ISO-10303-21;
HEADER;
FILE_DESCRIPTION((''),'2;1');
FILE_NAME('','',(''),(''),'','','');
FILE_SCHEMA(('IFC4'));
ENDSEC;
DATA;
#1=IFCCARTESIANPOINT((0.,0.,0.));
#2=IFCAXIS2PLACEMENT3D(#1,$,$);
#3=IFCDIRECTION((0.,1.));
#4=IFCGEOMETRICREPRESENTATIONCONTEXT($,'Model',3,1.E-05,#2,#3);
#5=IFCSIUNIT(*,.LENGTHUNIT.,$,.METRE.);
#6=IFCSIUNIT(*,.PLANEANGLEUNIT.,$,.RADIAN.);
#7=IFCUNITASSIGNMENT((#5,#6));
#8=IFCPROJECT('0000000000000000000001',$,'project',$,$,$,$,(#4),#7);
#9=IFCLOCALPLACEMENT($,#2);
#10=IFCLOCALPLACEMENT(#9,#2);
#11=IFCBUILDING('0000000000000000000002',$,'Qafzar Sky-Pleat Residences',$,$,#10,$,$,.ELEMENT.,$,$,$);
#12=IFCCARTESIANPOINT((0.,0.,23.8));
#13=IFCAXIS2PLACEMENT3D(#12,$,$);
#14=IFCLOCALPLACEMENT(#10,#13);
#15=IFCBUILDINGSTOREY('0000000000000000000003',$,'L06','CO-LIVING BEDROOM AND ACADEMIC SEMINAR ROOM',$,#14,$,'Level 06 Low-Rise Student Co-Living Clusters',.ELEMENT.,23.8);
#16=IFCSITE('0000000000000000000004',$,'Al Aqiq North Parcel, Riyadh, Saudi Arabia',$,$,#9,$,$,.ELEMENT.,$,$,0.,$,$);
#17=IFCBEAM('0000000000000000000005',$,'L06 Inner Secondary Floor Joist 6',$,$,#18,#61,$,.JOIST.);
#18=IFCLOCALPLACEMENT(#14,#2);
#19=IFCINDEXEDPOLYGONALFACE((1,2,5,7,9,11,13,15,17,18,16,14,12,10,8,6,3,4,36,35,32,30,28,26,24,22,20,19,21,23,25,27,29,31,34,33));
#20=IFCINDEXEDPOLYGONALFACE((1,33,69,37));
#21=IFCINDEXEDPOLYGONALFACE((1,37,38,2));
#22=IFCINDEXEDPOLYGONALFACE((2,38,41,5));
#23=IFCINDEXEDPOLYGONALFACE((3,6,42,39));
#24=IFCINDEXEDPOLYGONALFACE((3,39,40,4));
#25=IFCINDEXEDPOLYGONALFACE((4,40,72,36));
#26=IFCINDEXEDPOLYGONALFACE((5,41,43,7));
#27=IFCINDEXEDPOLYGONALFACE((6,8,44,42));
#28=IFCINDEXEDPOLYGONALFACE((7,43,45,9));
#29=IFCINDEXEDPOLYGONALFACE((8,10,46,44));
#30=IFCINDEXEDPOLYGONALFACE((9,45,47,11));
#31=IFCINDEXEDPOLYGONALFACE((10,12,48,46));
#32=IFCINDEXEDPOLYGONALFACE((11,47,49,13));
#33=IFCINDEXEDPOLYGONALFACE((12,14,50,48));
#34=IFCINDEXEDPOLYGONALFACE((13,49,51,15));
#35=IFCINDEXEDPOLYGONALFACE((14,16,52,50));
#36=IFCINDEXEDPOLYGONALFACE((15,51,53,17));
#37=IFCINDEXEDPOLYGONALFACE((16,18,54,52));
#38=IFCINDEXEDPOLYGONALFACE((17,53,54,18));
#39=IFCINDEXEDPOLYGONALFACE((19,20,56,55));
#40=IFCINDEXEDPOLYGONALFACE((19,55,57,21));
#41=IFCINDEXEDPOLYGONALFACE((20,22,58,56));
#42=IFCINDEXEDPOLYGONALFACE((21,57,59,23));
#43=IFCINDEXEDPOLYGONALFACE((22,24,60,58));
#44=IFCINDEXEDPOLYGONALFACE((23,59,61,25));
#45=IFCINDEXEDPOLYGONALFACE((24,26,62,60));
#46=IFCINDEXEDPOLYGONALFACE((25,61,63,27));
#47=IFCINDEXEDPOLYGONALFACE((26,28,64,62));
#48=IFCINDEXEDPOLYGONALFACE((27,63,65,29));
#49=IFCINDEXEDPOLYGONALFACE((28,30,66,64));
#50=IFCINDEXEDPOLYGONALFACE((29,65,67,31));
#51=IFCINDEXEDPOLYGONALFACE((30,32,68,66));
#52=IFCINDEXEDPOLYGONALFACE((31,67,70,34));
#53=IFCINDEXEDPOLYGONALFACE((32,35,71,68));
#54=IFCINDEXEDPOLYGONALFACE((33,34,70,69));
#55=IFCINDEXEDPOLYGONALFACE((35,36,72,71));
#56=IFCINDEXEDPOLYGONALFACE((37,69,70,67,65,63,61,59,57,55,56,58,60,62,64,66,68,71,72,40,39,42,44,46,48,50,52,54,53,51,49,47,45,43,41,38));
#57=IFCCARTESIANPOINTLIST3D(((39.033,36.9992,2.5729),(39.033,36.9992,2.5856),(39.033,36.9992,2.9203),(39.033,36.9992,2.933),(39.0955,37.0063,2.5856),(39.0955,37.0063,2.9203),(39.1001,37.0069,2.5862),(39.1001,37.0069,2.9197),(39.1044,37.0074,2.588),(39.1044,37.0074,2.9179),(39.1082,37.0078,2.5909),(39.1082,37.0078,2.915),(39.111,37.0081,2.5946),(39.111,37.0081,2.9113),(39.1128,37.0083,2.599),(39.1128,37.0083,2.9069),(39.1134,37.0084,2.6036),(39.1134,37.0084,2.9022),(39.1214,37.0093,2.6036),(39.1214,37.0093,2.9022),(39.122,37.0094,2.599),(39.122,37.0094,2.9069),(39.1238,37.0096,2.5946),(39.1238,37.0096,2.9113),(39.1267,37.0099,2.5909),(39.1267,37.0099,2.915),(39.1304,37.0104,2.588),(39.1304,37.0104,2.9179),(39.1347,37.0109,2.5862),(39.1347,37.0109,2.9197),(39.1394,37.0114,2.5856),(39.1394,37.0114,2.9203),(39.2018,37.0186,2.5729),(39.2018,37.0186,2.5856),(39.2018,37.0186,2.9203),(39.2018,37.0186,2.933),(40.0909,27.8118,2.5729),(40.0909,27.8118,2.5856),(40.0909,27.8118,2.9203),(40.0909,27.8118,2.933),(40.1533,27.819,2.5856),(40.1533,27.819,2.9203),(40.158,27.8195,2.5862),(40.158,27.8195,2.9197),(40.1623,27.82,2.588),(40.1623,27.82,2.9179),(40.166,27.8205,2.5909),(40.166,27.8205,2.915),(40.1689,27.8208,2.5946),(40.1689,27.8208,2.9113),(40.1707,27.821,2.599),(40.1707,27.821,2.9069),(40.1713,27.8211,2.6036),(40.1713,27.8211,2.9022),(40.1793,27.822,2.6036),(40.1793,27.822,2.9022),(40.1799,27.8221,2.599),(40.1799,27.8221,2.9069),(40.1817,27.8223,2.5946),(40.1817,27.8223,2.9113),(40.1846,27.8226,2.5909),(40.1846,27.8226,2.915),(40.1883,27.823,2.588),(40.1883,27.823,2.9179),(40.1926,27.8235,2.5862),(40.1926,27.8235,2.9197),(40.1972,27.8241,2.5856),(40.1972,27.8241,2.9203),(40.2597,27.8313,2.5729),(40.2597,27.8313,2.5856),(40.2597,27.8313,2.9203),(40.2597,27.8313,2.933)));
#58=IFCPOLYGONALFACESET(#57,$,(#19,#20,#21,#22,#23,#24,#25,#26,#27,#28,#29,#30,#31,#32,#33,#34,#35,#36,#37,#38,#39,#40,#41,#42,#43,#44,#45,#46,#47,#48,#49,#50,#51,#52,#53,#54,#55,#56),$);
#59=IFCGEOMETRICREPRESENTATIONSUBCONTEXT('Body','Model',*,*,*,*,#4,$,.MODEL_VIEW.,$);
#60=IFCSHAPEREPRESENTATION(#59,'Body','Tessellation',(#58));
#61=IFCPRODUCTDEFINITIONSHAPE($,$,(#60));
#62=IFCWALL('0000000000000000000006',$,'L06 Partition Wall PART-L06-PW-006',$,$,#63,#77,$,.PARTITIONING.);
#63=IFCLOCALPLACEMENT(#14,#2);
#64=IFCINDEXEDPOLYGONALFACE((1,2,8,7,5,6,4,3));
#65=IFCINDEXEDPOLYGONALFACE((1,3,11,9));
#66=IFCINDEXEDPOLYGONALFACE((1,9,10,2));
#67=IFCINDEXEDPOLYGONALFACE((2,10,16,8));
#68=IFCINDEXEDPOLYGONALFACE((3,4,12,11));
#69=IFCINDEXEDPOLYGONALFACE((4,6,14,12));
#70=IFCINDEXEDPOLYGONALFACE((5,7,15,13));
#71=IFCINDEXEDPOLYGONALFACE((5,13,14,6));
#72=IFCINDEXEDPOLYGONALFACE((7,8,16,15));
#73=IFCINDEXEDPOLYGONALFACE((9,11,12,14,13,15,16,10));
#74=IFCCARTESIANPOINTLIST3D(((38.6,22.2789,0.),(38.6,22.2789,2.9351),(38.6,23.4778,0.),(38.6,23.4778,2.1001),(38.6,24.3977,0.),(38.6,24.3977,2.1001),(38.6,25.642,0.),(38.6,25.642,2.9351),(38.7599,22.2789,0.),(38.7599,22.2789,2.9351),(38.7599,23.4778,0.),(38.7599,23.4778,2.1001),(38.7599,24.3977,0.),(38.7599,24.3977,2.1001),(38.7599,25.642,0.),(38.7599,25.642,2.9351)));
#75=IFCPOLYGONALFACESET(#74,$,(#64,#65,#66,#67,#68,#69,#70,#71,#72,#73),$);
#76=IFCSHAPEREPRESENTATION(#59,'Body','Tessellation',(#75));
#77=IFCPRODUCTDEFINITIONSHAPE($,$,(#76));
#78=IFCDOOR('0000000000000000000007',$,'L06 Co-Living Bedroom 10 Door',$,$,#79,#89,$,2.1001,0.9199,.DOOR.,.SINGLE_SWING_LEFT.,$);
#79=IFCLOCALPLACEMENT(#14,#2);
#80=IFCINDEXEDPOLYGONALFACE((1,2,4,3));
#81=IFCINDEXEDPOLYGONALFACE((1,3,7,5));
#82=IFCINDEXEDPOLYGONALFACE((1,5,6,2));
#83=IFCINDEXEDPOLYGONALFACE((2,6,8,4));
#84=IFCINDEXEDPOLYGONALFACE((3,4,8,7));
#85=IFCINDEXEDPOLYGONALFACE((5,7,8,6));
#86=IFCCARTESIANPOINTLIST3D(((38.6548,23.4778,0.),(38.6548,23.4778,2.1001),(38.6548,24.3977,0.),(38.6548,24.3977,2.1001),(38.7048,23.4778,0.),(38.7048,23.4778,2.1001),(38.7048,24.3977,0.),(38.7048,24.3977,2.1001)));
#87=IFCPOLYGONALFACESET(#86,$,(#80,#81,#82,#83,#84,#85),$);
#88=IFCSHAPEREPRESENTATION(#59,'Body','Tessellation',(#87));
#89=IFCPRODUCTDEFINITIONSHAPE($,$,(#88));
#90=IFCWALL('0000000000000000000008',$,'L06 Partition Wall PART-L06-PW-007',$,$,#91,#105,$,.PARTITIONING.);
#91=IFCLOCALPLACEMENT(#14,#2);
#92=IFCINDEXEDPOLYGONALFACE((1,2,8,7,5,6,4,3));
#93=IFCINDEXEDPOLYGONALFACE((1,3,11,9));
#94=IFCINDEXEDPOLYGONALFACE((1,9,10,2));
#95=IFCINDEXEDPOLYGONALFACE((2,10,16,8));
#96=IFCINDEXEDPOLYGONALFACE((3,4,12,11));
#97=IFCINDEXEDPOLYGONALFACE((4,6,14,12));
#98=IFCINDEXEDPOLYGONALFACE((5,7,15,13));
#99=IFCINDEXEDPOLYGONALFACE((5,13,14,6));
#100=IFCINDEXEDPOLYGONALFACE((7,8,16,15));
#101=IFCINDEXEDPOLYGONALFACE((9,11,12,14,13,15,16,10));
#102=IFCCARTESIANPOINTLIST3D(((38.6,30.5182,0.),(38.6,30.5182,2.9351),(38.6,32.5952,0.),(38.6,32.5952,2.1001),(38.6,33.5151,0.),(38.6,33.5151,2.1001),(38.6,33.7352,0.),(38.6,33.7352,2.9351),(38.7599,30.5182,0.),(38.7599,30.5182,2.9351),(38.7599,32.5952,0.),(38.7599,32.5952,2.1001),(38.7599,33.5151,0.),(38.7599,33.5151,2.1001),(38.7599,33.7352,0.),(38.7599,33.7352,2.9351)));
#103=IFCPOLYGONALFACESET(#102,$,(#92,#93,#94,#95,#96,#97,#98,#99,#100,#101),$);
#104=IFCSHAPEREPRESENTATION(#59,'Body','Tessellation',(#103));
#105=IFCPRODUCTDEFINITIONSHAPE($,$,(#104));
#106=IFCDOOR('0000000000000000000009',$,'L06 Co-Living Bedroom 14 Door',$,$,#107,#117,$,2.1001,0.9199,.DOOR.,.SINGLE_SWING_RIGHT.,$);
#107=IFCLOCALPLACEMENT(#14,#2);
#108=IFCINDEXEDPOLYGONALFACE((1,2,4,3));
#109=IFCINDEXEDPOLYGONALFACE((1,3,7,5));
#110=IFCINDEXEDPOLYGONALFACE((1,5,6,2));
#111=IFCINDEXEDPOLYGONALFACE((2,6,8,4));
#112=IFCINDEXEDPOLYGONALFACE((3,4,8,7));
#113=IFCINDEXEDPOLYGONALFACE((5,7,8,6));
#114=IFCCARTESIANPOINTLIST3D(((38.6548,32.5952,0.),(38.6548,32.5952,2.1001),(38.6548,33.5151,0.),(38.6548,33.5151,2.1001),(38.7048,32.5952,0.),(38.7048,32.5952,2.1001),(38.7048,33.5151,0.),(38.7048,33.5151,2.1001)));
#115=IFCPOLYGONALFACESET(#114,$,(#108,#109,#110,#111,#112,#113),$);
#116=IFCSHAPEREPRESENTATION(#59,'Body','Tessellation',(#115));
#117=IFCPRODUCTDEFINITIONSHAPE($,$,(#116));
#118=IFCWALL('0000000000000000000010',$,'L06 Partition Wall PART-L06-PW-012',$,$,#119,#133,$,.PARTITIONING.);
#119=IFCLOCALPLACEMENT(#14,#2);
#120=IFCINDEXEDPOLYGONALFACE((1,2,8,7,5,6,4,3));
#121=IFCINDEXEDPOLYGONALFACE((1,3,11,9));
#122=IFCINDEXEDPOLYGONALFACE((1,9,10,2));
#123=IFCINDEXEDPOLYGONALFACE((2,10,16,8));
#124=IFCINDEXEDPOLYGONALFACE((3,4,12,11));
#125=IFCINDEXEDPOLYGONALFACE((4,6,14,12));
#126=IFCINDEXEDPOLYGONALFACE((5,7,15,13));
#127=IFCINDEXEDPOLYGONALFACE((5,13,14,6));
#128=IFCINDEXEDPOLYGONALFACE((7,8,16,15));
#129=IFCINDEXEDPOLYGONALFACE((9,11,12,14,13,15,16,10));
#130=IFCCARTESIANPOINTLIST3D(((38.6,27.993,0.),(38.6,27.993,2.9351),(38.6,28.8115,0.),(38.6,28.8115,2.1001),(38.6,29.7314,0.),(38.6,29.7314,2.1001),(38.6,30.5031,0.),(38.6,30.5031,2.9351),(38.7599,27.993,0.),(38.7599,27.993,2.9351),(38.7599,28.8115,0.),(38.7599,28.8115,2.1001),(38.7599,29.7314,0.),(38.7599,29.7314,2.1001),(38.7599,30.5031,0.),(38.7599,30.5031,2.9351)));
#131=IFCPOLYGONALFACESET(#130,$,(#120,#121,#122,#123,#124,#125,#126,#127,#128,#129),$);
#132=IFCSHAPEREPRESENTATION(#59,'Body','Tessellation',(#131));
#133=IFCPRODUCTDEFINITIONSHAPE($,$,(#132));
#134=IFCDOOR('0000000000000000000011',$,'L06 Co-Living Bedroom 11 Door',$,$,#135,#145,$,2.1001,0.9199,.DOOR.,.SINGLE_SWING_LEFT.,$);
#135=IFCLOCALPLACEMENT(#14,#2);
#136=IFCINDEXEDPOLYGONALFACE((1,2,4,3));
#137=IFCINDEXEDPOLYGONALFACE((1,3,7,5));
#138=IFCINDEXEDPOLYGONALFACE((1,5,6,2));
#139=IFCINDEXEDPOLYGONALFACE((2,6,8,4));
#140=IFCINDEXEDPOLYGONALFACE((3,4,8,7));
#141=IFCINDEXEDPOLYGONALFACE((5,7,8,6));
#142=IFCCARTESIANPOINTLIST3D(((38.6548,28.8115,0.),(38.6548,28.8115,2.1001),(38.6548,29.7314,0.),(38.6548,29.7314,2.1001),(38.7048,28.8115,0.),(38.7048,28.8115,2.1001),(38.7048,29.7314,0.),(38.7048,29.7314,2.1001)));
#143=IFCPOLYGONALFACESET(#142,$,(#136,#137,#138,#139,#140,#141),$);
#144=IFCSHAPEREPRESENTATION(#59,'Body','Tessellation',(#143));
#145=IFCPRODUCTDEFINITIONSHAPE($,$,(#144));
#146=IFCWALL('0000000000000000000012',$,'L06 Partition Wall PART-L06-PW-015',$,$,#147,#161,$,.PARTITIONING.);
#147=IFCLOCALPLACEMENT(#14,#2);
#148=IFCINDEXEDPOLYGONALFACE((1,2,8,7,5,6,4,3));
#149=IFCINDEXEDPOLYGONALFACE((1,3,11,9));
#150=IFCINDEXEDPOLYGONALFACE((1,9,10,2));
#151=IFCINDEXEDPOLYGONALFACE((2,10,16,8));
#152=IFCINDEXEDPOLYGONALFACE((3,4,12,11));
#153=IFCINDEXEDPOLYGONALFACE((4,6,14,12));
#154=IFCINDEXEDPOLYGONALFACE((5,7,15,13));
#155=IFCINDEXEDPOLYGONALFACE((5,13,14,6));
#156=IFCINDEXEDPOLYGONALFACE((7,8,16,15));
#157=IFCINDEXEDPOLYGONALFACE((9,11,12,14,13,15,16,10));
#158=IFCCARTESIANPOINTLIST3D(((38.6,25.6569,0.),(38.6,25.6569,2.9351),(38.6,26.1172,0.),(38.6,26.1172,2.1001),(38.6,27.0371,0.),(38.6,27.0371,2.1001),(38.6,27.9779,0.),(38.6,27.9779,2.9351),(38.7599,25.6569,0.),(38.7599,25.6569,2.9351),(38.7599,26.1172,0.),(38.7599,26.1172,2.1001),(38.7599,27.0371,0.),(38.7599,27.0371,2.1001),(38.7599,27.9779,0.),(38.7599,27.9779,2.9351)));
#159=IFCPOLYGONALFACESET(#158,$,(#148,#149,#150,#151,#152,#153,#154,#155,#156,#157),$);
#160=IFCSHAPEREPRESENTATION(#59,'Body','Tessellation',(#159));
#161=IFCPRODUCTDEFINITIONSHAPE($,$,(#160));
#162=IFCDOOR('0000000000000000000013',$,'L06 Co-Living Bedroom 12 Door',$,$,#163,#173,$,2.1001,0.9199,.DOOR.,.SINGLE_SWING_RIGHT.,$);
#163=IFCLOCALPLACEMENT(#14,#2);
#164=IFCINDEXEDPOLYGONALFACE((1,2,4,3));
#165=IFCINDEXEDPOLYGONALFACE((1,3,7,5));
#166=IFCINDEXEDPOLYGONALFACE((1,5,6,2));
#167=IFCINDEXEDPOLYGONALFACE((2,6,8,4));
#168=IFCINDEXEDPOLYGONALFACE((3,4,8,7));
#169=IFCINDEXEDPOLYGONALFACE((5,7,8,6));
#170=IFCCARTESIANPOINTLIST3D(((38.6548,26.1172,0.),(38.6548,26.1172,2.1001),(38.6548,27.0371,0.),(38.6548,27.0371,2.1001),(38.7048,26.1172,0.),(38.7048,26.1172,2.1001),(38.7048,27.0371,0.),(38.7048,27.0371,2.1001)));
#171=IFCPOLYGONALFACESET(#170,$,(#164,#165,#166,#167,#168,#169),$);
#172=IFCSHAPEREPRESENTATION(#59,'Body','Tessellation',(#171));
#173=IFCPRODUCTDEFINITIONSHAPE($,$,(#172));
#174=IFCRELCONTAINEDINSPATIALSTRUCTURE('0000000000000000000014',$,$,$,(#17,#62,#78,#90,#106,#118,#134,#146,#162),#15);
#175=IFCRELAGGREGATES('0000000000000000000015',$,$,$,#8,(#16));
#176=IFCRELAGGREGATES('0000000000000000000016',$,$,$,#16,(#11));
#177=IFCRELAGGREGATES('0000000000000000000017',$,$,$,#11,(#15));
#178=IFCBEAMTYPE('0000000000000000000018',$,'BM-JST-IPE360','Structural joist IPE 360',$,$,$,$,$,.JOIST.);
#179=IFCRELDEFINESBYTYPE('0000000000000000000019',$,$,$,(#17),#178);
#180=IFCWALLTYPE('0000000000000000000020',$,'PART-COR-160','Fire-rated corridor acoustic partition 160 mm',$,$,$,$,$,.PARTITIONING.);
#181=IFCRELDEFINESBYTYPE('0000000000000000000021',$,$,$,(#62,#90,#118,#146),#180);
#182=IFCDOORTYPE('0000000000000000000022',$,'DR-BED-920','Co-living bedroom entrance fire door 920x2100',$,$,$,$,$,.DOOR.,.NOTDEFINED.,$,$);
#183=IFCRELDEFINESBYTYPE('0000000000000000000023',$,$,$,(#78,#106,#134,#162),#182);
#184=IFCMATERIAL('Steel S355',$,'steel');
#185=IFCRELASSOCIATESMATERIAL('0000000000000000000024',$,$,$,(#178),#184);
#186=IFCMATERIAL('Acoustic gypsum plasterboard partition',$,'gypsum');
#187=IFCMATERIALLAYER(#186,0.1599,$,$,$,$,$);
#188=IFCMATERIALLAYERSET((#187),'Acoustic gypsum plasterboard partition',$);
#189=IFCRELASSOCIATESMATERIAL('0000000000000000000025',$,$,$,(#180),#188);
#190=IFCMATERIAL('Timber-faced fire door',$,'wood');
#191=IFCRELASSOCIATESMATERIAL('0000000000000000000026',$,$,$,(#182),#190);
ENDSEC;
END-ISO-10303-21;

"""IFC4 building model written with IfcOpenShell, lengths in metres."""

from ifc_helpers import new_model, si_unit, direction, frame, frame_2d, origin, origin_2d, place, context, subcontext, project, spatial, rectangle, i_section, extrude, source, transform, mapped, material, layer, layer_set, material_profile, profile_set, type_object, element, fill, save


model = new_model("IFC4")

# Units and contexts
model_context = context("Model", 3, precision=1e-05, world=origin(), true_north=direction((0.0, 1.0)))
body_context = subcontext(model_context, "Body", "Model", "MODEL_VIEW")
ifc_project = project(units=[si_unit("LENGTHUNIT", "METRE"), si_unit("PLANEANGLEUNIT", "RADIAN")], contexts=[model_context])

# Site, building, storey
site_placement = place(None, origin())
site = spatial("IfcSite", under=ifc_project, at=site_placement, Name="Al Aqiq North Parcel, Riyadh, Saudi Arabia", CompositionType="ELEMENT", RefElevation=0.0)
building_placement = place(site_placement, origin())
building = spatial("IfcBuilding", under=site, at=building_placement, Name="Qafzar Sky-Pleat Residences", CompositionType="ELEMENT")
storey_placement = place(building_placement, frame((0.0, 0.0, 23.8)))
storey = spatial("IfcBuildingStorey", under=building, at=storey_placement, Name="L06", Description="CO-LIVING BEDROOM AND ACADEMIC SEMINAR ROOM", LongName="Level 06 Low-Rise Student Co-Living Clusters", CompositionType="ELEMENT", Elevation=23.8)

# Beam
ifc_material_1 = material(Name="Steel S355", Category="steel")
ifc_material_profile = material_profile(ifc_material_1, i_section(OverallWidth=0.1699, OverallDepth=0.3601, WebThickness=0.0081, FlangeThickness=0.0127, FilletRadius=0.0181, at=origin_2d()), Name="IPE 360")
ifc_profile_set = profile_set([ifc_material_profile], Name="Steel S355")
beam_type = type_object("IfcBeamType", Name="BM-JST-IPE360", Description="Structural joist IPE 360", PredefinedType="JOIST", material=ifc_profile_set)
shared_shape_1 = source(origin(), body_context, "Body", "SweptSolid", [
    extrude(i_section(OverallWidth=0.1699, OverallDepth=0.3601, WebThickness=0.0081, FlangeThickness=0.0127, FilletRadius=0.0181, at=origin_2d()), origin(), (0.0, 0.0, 1.0), 9.248),
])
beam_placement = place(storey_placement, frame((40.1753, 27.8215, 2.7529), z_axis=(-0.114389, 0.993436, 0.0), x_axis=(-0.993436, -0.114389, 0.0)))
element("IfcBeam", 1, at=beam_placement, inside=storey, type_object=beam_type, Name="L06 Inner Secondary Floor Joist 6", PredefinedType="JOIST", context=body_context, shape_type="MappedRepresentation", body=[
    mapped(shared_shape_1, transform((0.0, 0.0, 0.0), x_axis=(1.0, 0.0, 0.0), y_axis=(0.0, 1.0, 0.0), z_axis=(0.0, 0.0, 1.0), scale=1.0)),
])

# Walls, openings, doors
ifc_material_2 = material(Name="Acoustic gypsum plasterboard partition", Category="gypsum")
ifc_layer_1 = layer(ifc_material_2, 0.1599)
ifc_layer_set_1 = layer_set([ifc_layer_1], Name="Acoustic gypsum plasterboard partition")
wall_type_1 = type_object("IfcWallType", Name="PART-COR-160", Description="Fire-rated corridor acoustic partition 160 mm", PredefinedType="PARTITIONING", material=ifc_layer_set_1)
wall_1_placement = place(storey_placement, frame((38.6799, 25.6421, 0.0), z_axis=(0.0, 0.0, 1.0), x_axis=(0.0, -1.0, 0.0)))
wall_1 = element("IfcWall", 2, at=wall_1_placement, inside=storey, type_object=wall_type_1, Name="L06 Partition Wall PART-L06-PW-006", PredefinedType="PARTITIONING", context=body_context, shape_type="SweptSolid", body=[
    extrude(rectangle(XDim=3.363, YDim=0.1599, at=frame_2d((1.6816, 0.0))), origin(), (0.0, 0.0, 1.0), 2.9351),
])
opening_1_placement = place(wall_1_placement, frame((1.2444, 0.0, 0.0)))
opening_1 = element("IfcOpeningElement", 3, at=opening_1_placement, cuts=wall_1, PredefinedType="OPENING", context=body_context, shape_type="SweptSolid", body=[
    extrude(rectangle(XDim=0.9199, YDim=2.1001, at=frame_2d((0.46, 1.05))), frame((0.0, 0.0898, 0.0), z_axis=(0.0, -1.0, 0.0), x_axis=(1.0, 0.0, 0.0)), (0.0, 0.0, 1.0), 0.1799),
])
ifc_material_3 = material(Name="Timber-faced fire door", Category="wood")
door_type_1 = type_object("IfcDoorType", Name="DR-BED-920", Description="Co-living bedroom entrance fire door 920x2100", OperationType="NOTDEFINED", PredefinedType="DOOR", material=ifc_material_3)
shared_shape_2 = source(origin(), body_context, "Body", "SweptSolid", [
    extrude(rectangle(XDim=0.9199, YDim=2.1001, at=frame_2d((0.46, 1.05))), frame((0.0, 0.0249, 0.0), z_axis=(0.0, -1.0, 0.0), x_axis=(1.0, 0.0, 0.0)), (0.0, 0.0, 1.0), 0.05),
])
door_1_placement = place(opening_1_placement, origin())
door_1 = element("IfcDoor", 4, at=door_1_placement, inside=storey, type_object=door_type_1, Name="L06 Co-Living Bedroom 10 Door", OperationType="SINGLE_SWING_LEFT", OverallHeight=2.1001, OverallWidth=0.9199, PredefinedType="DOOR", context=body_context, shape_type="MappedRepresentation", body=[
    mapped(shared_shape_2, transform((0.0, 0.0, 0.0), x_axis=(1.0, 0.0, 0.0), y_axis=(0.0, 1.0, 0.0), z_axis=(0.0, 0.0, 1.0), scale=1.0)),
])
fill(opening_1, door_1)
wall_2_placement = place(storey_placement, frame((38.6799, 33.7351, 0.0), z_axis=(0.0, 0.0, 1.0), x_axis=(0.0, -1.0, 0.0)))
wall_2 = element("IfcWall", 5, at=wall_2_placement, inside=storey, type_object=wall_type_1, Name="L06 Partition Wall PART-L06-PW-007", PredefinedType="PARTITIONING", context=body_context, shape_type="SweptSolid", body=[
    extrude(rectangle(XDim=3.217, YDim=0.1599, at=frame_2d((1.6084, 0.0))), origin(), (0.0, 0.0, 1.0), 2.9351),
])
opening_2_placement = place(wall_2_placement, frame((0.22, 0.0, 0.0)))
opening_2 = element("IfcOpeningElement", 6, at=opening_2_placement, cuts=wall_2, PredefinedType="OPENING", context=body_context, shape_type="SweptSolid", body=[
    extrude(rectangle(XDim=0.9199, YDim=2.1001, at=frame_2d((0.46, 1.05))), frame((0.0, 0.0898, 0.0), z_axis=(0.0, -1.0, 0.0), x_axis=(1.0, 0.0, 0.0)), (0.0, 0.0, 1.0), 0.1799),
])
door_2_placement = place(opening_2_placement, origin())
door_2 = element("IfcDoor", 7, at=door_2_placement, inside=storey, type_object=door_type_1, Name="L06 Co-Living Bedroom 14 Door", OperationType="SINGLE_SWING_RIGHT", OverallHeight=2.1001, OverallWidth=0.9199, PredefinedType="DOOR", context=body_context, shape_type="MappedRepresentation", body=[
    mapped(shared_shape_2, transform((0.0, 0.0, 0.0), x_axis=(1.0, 0.0, 0.0), y_axis=(0.0, 1.0, 0.0), z_axis=(0.0, 0.0, 1.0), scale=1.0)),
])
fill(opening_2, door_2)
wall_3_placement = place(storey_placement, frame((38.6799, 30.5029, 0.0), z_axis=(0.0, 0.0, 1.0), x_axis=(0.0, -1.0, 0.0)))
wall_3 = element("IfcWall", 8, at=wall_3_placement, inside=storey, type_object=wall_type_1, Name="L06 Partition Wall PART-L06-PW-012", PredefinedType="PARTITIONING", context=body_context, shape_type="SweptSolid", body=[
    extrude(rectangle(XDim=2.51, YDim=0.1599, at=frame_2d((1.2549, 0.0))), origin(), (0.0, 0.0, 1.0), 2.9351),
])
opening_3_placement = place(wall_3_placement, frame((0.7715, 0.0, 0.0)))
opening_3 = element("IfcOpeningElement", 9, at=opening_3_placement, cuts=wall_3, PredefinedType="OPENING", context=body_context, shape_type="SweptSolid", body=[
    extrude(rectangle(XDim=0.9199, YDim=2.1001, at=frame_2d((0.46, 1.05))), frame((0.0, 0.0898, 0.0), z_axis=(0.0, -1.0, 0.0), x_axis=(1.0, 0.0, 0.0)), (0.0, 0.0, 1.0), 0.1799),
])
door_3_placement = place(opening_3_placement, origin())
door_3 = element("IfcDoor", 10, at=door_3_placement, inside=storey, type_object=door_type_1, Name="L06 Co-Living Bedroom 11 Door", OperationType="SINGLE_SWING_LEFT", OverallHeight=2.1001, OverallWidth=0.9199, PredefinedType="DOOR", context=body_context, shape_type="MappedRepresentation", body=[
    mapped(shared_shape_2, transform((0.0, 0.0, 0.0), x_axis=(1.0, 0.0, 0.0), y_axis=(0.0, 1.0, 0.0), z_axis=(0.0, 0.0, 1.0), scale=1.0)),
])
fill(opening_3, door_3)
wall_4_placement = place(storey_placement, frame((38.6799, 27.978, 0.0), z_axis=(0.0, 0.0, 1.0), x_axis=(0.0, -1.0, 0.0)))
wall_4 = element("IfcWall", 11, at=wall_4_placement, inside=storey, type_object=wall_type_1, Name="L06 Partition Wall PART-L06-PW-015", PredefinedType="PARTITIONING", context=body_context, shape_type="SweptSolid", body=[
    extrude(rectangle(XDim=2.321, YDim=0.1599, at=frame_2d((1.1606, 0.0))), origin(), (0.0, 0.0, 1.0), 2.9351),
])
opening_4_placement = place(wall_4_placement, frame((0.9409, 0.0, 0.0)))
opening_4 = element("IfcOpeningElement", 12, at=opening_4_placement, cuts=wall_4, PredefinedType="OPENING", context=body_context, shape_type="SweptSolid", body=[
    extrude(rectangle(XDim=0.9199, YDim=2.1001, at=frame_2d((0.46, 1.05))), frame((0.0, 0.0898, 0.0), z_axis=(0.0, -1.0, 0.0), x_axis=(1.0, 0.0, 0.0)), (0.0, 0.0, 1.0), 0.1799),
])
door_4_placement = place(opening_4_placement, origin())
door_4 = element("IfcDoor", 13, at=door_4_placement, inside=storey, type_object=door_type_1, Name="L06 Co-Living Bedroom 12 Door", OperationType="SINGLE_SWING_RIGHT", OverallHeight=2.1001, OverallWidth=0.9199, PredefinedType="DOOR", context=body_context, shape_type="MappedRepresentation", body=[
    mapped(shared_shape_2, transform((0.0, 0.0, 0.0), x_axis=(1.0, 0.0, 0.0), y_axis=(0.0, 1.0, 0.0), z_axis=(0.0, 0.0, 1.0), scale=1.0)),
])
fill(opening_4, door_4)

save(model, "model.ifc")
